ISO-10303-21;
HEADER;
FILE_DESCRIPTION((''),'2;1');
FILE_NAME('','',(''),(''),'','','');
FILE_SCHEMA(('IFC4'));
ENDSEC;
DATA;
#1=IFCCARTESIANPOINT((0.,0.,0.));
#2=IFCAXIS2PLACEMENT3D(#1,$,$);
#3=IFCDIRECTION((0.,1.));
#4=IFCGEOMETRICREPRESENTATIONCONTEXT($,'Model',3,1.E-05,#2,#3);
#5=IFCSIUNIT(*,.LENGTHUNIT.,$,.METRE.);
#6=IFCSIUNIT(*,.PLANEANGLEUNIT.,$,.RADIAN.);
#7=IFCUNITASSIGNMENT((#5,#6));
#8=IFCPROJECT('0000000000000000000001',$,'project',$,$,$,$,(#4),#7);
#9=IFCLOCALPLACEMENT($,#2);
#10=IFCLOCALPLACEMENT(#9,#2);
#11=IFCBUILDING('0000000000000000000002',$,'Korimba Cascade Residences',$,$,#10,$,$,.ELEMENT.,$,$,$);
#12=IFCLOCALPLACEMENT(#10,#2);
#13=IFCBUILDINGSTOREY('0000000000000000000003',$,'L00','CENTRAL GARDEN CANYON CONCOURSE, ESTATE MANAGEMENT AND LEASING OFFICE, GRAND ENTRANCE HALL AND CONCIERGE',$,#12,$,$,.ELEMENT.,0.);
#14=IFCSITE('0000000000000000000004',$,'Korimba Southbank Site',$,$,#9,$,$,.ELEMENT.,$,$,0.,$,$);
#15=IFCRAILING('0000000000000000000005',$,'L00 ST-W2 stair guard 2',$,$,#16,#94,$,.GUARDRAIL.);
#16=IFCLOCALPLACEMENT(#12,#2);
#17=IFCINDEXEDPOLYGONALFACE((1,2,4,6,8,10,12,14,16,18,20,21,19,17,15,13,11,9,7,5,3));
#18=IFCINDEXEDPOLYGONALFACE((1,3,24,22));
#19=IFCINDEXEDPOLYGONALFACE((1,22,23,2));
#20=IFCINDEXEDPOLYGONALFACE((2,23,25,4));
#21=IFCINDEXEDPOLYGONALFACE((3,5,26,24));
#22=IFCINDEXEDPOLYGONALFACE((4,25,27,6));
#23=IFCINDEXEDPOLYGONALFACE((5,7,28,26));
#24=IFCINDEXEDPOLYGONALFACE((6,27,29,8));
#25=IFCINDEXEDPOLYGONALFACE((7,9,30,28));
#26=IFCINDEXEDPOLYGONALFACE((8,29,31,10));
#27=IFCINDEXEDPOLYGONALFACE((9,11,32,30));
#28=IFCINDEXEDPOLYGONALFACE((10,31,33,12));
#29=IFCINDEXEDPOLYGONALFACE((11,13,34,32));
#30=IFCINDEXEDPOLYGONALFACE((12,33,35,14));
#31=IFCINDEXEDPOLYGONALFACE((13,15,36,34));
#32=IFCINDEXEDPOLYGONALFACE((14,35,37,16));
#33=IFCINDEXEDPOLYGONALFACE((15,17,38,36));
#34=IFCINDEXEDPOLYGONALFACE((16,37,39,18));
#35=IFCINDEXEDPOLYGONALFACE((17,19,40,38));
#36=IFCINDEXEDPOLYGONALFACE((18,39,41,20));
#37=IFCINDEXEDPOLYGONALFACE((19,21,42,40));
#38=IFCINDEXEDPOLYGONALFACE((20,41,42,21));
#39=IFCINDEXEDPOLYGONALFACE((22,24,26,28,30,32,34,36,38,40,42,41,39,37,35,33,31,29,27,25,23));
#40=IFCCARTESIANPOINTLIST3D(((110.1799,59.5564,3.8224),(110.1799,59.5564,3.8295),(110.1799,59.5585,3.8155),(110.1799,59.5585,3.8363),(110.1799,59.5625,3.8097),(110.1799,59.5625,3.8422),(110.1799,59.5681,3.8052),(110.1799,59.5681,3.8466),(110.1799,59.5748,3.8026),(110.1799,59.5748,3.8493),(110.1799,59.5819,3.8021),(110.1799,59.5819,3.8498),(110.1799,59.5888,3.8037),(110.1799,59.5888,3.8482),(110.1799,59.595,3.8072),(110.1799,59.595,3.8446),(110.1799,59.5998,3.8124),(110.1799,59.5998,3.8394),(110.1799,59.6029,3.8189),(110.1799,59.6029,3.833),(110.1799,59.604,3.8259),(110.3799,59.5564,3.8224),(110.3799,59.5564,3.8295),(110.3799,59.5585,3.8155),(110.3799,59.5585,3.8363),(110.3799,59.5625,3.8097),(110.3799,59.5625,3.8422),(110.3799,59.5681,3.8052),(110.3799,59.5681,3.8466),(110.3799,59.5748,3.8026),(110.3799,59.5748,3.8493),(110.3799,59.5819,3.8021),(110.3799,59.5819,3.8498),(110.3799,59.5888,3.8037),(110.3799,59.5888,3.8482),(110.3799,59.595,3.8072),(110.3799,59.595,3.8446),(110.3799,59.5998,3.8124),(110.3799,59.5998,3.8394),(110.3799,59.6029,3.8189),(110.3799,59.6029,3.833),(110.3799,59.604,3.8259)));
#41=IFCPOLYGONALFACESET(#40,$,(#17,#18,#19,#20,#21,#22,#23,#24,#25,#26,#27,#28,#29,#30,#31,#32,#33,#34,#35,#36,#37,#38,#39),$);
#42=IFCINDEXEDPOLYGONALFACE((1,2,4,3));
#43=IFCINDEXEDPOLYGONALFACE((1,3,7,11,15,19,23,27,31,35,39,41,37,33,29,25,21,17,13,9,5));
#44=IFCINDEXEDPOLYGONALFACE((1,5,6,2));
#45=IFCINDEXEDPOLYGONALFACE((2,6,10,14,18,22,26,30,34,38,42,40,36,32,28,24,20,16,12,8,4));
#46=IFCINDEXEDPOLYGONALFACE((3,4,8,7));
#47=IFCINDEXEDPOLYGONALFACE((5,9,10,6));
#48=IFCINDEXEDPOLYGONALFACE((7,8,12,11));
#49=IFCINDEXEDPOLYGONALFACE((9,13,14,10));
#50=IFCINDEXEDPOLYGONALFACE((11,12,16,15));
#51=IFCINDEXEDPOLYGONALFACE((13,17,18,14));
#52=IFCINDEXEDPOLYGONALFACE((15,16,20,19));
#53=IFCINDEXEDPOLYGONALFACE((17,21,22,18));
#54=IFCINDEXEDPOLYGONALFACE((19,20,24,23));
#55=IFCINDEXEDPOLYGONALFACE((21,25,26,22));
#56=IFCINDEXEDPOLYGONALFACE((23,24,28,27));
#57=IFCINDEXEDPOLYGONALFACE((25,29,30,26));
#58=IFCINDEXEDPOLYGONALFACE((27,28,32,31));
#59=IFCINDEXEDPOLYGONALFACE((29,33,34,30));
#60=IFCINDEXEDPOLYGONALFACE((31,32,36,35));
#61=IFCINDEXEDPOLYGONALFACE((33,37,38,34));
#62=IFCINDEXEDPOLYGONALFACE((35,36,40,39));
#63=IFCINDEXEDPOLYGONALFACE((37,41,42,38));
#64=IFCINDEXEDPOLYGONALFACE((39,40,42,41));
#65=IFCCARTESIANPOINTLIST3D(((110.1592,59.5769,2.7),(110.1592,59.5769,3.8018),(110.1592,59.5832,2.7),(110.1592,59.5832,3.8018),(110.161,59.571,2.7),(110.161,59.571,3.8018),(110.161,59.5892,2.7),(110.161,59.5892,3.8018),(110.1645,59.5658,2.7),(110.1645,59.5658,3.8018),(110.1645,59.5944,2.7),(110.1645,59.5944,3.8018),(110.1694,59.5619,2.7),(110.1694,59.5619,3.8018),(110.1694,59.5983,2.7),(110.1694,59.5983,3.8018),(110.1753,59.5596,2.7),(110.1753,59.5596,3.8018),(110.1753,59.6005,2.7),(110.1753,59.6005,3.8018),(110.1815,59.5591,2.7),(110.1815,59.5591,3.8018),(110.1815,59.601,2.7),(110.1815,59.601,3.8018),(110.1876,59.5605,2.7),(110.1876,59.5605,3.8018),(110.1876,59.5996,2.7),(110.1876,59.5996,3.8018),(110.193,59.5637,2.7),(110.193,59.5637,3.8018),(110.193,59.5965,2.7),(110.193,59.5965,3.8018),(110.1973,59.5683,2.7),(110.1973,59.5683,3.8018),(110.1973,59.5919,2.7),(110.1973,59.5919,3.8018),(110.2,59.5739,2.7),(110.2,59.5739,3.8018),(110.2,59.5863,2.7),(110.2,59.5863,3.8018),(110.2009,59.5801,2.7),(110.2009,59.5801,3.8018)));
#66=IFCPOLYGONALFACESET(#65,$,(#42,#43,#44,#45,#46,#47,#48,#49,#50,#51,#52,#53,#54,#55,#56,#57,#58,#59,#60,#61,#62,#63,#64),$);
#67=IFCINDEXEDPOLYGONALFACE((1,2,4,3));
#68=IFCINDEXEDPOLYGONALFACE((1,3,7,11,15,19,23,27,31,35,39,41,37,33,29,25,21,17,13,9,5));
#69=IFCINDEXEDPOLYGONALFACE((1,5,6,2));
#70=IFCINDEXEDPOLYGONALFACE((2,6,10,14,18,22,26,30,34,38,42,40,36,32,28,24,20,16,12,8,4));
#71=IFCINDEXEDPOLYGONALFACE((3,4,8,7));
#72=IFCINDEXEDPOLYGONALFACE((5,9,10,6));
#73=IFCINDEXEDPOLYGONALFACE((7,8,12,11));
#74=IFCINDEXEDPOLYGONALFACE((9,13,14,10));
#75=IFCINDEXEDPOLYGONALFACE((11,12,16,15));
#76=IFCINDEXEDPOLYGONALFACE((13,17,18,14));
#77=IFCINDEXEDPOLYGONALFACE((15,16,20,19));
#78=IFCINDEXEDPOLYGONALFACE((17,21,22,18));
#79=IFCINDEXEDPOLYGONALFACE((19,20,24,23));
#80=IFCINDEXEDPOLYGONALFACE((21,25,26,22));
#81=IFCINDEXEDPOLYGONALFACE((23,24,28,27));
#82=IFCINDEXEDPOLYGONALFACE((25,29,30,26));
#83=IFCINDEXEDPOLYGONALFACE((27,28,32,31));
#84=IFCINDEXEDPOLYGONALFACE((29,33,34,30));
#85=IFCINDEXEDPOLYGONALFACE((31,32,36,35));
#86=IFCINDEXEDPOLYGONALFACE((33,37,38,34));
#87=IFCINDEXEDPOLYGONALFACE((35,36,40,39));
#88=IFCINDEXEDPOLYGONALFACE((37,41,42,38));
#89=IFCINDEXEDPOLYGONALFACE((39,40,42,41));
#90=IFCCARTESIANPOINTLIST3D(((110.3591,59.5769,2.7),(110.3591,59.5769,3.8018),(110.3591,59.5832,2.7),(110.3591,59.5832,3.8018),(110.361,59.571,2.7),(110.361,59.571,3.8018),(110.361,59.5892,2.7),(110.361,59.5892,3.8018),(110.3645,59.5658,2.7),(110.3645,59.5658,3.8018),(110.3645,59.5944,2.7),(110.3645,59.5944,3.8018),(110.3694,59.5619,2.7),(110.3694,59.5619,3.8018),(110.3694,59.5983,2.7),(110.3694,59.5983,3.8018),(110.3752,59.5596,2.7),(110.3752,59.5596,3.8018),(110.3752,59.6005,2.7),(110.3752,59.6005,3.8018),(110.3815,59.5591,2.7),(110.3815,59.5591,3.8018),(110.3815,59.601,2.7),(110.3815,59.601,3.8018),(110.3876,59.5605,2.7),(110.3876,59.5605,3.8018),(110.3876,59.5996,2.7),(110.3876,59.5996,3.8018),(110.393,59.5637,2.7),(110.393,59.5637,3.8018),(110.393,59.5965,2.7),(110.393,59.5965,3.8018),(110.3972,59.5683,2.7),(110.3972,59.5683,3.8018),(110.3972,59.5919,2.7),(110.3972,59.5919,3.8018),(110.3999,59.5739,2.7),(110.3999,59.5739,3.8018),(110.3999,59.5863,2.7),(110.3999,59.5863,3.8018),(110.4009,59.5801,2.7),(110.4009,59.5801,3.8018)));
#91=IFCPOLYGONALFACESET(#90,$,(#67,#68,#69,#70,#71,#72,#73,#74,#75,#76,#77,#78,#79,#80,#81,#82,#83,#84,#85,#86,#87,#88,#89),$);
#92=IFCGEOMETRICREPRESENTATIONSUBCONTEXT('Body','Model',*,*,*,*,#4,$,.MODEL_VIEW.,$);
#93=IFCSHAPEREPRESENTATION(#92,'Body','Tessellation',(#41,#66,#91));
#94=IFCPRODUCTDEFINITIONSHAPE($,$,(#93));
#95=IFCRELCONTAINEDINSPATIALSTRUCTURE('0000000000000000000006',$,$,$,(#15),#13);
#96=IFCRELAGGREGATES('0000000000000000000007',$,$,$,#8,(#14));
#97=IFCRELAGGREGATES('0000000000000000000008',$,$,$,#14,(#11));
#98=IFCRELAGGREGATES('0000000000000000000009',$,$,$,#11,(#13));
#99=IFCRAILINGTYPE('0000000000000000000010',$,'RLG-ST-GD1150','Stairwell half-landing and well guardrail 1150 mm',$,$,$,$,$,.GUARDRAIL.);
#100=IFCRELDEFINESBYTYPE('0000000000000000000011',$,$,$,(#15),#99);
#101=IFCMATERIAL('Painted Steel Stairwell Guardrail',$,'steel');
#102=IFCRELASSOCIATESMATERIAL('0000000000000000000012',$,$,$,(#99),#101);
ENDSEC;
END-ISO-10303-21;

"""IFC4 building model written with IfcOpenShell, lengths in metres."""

from ifc_helpers import new_model, si_unit, direction, frame, origin, origin_2d, place, context, subcontext, project, spatial, circle, extrude, material, type_object, element, save


model = new_model("IFC4")

# Units and contexts
model_context = context("Model", 3, precision=1e-05, world=origin(), true_north=direction((0.0, 1.0)))
body_context = subcontext(model_context, "Body", "Model", "MODEL_VIEW")
ifc_project = project(units=[si_unit("LENGTHUNIT", "METRE"), si_unit("PLANEANGLEUNIT", "RADIAN")], contexts=[model_context])

# Site, building, storey
site_placement = place(None, origin())
site = spatial("IfcSite", under=ifc_project, at=site_placement, Name="Korimba Southbank Site", CompositionType="ELEMENT", RefElevation=0.0)
building_placement = place(site_placement, origin())
building = spatial("IfcBuilding", under=site, at=building_placement, Name="Korimba Cascade Residences", CompositionType="ELEMENT")
storey_placement = place(building_placement, origin())
storey = spatial("IfcBuildingStorey", under=building, at=storey_placement, Name="L00", Description="CENTRAL GARDEN CANYON CONCOURSE, ESTATE MANAGEMENT AND LEASING OFFICE, GRAND ENTRANCE HALL AND CONCIERGE", CompositionType="ELEMENT", Elevation=0.0)

# Railing
ifc_material_1 = material(Name="Painted Steel Stairwell Guardrail", Category="steel")
railing_type_1 = type_object("IfcRailingType", Name="RLG-ST-GD1150", Description="Stairwell half-landing and well guardrail 1150 mm", PredefinedType="GUARDRAIL", material=ifc_material_1)
railing_1_placement = place(storey_placement, frame((110.1799, 59.5801, 2.7)))
element("IfcRailing", 1, at=railing_1_placement, inside=storey, type_object=railing_type_1, Name="L00 ST-W2 stair guard 2", PredefinedType="GUARDRAIL", context=body_context, shape_type="SweptSolid", body=[
    extrude(circle(Radius=0.0239, at=origin_2d()), frame((0.0, 0.0, 1.126), z_axis=(1.0, 0.0, 0.0), x_axis=(0.0, 1.0, 0.0)), (0.0, 0.0, 1.0), 0.2),
    extrude(circle(Radius=0.021, at=origin_2d()), origin(), (0.0, 0.0, 1.0), 1.1018),
    extrude(circle(Radius=0.021, at=origin_2d()), frame((0.2, 0.0, 0.0)), (0.0, 0.0, 1.0), 1.1018),
])

save(model, "model.ifc")
